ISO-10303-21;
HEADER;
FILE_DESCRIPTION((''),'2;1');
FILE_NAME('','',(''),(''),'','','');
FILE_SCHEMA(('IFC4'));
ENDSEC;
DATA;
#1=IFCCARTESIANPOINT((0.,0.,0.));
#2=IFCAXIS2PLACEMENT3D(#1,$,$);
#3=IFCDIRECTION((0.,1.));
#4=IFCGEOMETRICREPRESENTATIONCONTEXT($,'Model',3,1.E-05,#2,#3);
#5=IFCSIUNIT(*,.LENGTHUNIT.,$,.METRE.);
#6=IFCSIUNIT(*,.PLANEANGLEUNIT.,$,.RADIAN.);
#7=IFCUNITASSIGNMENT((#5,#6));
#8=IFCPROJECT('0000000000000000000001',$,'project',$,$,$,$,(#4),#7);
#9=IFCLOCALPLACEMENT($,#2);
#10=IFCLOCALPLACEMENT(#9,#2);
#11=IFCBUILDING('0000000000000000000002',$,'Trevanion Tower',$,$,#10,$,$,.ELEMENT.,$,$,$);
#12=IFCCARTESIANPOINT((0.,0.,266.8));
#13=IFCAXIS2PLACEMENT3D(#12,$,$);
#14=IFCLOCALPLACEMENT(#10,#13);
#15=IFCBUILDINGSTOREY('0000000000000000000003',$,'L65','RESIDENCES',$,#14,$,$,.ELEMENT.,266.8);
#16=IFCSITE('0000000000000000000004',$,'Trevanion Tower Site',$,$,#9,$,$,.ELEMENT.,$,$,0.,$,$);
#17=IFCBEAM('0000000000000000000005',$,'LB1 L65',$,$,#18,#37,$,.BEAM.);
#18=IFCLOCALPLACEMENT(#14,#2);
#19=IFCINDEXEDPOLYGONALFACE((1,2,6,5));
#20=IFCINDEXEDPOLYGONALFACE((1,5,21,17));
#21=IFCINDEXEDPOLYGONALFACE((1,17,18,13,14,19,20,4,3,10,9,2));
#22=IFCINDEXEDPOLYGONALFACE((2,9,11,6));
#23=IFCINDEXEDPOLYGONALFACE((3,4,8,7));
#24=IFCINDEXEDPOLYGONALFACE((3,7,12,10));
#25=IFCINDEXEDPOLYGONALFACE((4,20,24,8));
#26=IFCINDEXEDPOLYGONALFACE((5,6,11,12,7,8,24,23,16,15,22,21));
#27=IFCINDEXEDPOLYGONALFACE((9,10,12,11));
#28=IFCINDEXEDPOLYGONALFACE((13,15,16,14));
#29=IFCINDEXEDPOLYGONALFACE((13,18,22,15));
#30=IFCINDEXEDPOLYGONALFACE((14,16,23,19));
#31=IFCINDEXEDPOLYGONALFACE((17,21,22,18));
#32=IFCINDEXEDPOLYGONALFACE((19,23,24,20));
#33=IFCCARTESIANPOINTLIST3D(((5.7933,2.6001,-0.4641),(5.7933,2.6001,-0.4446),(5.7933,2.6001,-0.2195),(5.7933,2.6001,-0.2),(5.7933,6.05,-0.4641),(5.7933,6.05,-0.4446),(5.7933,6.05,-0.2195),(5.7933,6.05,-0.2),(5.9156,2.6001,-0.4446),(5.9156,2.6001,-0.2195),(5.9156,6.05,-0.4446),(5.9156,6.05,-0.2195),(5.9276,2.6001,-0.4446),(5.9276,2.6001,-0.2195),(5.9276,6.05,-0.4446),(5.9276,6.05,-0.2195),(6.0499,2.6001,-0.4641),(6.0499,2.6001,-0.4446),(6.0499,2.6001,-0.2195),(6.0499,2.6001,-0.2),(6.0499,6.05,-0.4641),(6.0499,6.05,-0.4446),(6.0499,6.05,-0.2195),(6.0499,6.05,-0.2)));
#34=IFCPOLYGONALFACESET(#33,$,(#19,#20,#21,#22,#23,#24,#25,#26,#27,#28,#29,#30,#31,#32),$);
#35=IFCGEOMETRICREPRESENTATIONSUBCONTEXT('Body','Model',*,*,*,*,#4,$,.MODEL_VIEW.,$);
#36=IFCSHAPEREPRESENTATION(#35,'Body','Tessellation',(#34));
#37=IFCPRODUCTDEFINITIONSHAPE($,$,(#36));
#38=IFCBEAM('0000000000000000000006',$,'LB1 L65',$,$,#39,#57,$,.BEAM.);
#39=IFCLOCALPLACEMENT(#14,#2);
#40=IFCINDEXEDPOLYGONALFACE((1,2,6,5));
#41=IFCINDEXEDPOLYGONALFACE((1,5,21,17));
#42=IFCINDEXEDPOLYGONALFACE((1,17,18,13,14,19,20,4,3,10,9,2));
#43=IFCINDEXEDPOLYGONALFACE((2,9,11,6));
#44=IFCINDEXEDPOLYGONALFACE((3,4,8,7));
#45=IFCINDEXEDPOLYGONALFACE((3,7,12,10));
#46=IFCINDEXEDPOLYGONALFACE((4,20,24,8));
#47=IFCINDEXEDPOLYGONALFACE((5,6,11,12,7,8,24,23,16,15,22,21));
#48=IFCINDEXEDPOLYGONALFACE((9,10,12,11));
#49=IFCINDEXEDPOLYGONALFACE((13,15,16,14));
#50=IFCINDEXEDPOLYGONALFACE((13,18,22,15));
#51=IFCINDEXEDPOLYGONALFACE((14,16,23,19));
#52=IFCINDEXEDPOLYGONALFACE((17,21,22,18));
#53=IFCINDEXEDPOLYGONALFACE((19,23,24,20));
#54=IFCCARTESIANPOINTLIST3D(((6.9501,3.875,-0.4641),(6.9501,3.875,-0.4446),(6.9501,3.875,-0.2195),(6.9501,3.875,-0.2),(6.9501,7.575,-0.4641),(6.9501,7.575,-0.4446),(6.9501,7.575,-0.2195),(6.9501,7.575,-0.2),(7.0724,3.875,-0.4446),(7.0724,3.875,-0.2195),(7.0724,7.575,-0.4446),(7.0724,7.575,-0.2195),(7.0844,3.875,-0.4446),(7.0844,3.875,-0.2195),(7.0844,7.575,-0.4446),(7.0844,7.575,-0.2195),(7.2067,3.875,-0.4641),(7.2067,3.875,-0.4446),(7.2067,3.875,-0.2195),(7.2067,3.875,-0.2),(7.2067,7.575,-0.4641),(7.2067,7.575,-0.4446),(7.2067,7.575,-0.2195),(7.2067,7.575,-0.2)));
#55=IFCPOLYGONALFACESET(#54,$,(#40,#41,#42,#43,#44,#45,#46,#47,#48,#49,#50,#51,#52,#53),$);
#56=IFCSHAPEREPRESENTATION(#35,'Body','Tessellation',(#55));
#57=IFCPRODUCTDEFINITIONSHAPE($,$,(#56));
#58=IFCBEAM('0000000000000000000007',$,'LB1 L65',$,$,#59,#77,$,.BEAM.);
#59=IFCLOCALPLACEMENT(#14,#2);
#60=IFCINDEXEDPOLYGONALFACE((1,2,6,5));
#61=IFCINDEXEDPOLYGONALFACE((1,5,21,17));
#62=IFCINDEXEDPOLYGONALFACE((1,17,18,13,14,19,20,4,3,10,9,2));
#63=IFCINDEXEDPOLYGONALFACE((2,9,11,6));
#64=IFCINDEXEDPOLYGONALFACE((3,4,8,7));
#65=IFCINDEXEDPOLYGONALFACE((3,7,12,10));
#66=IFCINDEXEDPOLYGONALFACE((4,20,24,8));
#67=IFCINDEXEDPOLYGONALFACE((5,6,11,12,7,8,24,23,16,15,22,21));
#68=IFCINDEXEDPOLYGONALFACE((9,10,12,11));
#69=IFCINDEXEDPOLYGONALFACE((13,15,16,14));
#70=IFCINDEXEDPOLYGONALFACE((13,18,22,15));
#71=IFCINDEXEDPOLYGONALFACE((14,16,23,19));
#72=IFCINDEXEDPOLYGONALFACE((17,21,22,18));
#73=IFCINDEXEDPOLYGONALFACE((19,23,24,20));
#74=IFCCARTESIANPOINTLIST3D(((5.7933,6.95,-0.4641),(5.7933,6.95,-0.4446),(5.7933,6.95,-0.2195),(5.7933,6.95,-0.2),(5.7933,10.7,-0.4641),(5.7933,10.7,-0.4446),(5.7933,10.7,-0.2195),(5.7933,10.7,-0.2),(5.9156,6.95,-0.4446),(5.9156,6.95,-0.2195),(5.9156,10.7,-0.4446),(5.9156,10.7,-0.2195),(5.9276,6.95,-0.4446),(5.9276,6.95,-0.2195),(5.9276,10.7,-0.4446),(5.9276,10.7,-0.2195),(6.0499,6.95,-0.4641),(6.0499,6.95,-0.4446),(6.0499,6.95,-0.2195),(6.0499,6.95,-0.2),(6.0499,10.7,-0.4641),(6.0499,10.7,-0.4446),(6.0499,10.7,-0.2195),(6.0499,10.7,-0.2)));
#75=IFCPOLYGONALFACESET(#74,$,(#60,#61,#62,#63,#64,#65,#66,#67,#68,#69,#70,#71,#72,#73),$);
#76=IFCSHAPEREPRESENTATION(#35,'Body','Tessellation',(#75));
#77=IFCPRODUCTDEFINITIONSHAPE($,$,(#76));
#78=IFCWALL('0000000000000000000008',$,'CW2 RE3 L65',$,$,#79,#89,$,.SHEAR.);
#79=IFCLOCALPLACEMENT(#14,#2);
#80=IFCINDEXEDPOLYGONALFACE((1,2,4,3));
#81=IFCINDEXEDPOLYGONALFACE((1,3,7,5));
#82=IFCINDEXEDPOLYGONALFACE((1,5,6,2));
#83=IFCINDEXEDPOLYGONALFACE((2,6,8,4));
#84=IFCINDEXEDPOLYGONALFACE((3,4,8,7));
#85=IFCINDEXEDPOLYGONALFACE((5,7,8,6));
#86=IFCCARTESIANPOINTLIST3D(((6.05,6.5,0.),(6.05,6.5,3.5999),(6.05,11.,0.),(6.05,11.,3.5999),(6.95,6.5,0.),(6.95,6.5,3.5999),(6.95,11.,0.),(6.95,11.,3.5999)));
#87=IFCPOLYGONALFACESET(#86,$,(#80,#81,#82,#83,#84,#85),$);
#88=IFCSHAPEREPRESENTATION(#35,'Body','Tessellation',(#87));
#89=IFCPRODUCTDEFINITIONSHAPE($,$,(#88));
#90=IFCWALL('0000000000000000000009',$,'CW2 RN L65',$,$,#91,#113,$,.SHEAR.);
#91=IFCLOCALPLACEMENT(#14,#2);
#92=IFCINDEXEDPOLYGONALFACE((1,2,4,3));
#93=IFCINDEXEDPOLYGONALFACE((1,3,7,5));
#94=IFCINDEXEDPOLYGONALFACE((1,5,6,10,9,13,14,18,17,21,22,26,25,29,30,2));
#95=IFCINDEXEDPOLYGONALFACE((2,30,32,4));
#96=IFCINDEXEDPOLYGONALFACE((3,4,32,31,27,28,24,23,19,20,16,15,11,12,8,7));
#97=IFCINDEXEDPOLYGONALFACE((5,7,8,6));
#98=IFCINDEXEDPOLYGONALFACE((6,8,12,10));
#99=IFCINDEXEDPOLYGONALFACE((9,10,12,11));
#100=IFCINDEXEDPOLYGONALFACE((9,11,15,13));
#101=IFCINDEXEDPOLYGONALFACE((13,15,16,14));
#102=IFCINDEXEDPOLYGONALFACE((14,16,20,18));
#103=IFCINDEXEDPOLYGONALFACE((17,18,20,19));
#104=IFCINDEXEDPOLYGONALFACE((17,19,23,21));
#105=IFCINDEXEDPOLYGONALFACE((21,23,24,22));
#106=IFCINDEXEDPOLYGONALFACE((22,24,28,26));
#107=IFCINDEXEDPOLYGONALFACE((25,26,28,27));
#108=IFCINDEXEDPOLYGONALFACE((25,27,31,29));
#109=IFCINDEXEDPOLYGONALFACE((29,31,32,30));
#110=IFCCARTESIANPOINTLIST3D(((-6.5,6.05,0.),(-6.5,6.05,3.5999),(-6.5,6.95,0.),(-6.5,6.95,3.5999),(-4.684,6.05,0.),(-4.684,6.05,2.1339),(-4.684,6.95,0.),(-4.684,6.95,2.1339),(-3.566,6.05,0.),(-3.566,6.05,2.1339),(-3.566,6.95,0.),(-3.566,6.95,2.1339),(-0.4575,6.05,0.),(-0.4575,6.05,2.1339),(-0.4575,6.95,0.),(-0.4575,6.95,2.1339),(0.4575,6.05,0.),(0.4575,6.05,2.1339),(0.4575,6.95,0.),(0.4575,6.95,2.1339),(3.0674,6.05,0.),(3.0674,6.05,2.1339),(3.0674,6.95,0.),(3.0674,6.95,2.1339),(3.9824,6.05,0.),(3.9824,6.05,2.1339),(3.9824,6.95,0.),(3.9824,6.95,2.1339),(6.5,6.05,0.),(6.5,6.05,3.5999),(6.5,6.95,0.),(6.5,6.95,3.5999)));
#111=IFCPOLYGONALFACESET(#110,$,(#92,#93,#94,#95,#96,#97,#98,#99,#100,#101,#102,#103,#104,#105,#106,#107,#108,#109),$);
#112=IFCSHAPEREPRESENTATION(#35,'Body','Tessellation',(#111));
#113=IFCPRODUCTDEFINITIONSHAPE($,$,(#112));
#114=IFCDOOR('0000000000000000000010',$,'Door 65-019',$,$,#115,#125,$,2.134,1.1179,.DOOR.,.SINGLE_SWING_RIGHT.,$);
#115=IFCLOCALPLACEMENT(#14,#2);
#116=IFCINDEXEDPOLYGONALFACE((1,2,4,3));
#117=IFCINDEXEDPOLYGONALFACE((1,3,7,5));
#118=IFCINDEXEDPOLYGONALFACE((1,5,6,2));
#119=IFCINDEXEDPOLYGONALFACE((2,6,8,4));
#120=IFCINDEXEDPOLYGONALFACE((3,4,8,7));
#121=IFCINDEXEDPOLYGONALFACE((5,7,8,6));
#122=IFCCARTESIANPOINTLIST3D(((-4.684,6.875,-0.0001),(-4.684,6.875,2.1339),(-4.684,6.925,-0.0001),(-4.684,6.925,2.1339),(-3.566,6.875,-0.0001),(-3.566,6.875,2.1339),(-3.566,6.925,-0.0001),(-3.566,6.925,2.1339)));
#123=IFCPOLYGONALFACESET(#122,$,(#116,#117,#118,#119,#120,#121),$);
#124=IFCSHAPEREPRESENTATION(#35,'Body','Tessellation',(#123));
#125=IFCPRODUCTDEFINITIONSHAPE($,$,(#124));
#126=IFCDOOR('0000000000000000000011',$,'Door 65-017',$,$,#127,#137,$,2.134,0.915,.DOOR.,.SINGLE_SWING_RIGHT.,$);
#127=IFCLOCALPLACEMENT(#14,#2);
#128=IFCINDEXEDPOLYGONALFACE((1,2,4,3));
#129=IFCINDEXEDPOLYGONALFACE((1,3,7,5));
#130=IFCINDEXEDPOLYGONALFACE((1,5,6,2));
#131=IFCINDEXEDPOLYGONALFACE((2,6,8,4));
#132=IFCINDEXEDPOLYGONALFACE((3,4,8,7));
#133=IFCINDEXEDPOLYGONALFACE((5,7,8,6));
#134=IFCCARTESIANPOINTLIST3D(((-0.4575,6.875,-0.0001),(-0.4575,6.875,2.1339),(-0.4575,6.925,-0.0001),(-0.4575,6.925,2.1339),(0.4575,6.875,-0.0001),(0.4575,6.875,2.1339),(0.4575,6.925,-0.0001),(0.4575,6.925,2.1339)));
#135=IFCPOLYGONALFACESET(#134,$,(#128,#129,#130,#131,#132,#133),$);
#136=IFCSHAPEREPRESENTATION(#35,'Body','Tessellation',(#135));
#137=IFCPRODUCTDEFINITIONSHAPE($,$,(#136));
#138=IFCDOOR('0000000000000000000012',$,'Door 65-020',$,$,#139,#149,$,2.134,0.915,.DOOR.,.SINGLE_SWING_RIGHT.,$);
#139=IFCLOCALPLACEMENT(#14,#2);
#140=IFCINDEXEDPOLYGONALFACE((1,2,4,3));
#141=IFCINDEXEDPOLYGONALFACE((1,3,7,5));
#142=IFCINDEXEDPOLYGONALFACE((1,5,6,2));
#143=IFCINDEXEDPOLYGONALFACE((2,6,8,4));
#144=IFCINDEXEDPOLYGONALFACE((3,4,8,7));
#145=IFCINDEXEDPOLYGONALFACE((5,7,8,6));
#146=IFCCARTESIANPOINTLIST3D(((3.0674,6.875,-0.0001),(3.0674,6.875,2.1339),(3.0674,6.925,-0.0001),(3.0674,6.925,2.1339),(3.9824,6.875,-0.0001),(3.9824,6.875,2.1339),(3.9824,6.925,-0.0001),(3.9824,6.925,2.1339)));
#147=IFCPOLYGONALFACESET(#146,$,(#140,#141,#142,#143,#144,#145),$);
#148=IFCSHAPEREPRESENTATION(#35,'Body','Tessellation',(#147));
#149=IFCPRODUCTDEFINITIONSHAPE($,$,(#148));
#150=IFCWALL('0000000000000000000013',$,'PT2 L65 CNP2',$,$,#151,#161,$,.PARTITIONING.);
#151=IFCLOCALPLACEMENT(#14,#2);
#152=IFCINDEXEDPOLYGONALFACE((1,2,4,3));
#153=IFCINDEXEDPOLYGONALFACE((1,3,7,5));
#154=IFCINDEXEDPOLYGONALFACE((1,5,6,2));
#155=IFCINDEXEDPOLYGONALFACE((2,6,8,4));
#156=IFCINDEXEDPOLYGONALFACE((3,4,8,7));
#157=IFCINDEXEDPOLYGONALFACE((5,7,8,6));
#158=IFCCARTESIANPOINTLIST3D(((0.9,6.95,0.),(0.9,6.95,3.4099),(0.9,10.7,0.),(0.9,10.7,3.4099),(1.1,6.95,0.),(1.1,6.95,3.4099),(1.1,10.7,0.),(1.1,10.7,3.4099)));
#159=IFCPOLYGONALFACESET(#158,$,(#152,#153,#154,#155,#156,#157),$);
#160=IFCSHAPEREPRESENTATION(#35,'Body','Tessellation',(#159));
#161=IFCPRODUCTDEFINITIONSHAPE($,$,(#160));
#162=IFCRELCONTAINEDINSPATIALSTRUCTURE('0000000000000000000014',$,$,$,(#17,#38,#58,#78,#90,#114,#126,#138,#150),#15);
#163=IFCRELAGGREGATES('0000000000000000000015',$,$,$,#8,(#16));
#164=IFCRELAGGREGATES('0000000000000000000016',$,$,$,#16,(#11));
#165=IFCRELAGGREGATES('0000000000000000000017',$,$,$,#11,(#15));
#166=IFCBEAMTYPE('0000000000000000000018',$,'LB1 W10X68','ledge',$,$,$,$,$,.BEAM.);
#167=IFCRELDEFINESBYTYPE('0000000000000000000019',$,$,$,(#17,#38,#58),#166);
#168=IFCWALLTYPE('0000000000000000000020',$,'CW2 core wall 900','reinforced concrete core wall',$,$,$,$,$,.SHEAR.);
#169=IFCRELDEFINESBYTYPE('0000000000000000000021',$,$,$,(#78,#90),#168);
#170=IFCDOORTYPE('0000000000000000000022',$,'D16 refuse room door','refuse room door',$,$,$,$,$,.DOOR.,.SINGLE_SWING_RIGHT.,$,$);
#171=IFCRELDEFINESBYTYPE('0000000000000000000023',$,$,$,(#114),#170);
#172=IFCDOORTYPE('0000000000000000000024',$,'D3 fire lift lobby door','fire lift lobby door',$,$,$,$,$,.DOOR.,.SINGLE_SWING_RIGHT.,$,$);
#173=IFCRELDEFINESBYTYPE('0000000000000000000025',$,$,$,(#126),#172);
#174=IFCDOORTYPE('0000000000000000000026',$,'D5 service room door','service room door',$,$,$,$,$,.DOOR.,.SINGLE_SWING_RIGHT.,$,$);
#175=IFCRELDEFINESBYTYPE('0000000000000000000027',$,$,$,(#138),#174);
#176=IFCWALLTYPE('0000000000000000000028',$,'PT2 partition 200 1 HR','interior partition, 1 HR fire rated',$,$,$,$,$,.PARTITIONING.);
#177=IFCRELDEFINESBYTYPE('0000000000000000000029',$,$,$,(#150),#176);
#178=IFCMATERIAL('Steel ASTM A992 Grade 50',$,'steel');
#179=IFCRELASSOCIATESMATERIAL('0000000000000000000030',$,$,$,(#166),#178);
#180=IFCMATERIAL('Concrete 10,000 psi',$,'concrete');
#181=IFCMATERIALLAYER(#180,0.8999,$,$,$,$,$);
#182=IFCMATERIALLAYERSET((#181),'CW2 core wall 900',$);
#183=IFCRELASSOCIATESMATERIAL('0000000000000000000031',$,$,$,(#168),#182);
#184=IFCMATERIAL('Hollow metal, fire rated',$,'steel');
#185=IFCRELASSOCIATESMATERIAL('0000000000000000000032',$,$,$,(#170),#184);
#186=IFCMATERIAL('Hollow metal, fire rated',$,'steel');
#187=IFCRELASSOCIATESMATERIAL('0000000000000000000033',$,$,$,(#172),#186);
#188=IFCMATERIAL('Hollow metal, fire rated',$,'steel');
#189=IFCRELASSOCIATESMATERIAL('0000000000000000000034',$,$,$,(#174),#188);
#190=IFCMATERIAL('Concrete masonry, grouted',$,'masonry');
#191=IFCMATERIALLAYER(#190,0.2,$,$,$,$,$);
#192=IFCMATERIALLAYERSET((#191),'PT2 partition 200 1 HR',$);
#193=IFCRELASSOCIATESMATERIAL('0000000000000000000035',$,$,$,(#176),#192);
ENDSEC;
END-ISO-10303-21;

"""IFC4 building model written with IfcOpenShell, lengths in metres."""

from ifc_helpers import new_model, si_unit, direction, frame, frame_2d, origin, origin_2d, place, context, subcontext, project, spatial, rectangle, i_section, extrude, material, layer, layer_set, material_profile, profile_set, type_object, element, fill, save


model = new_model("IFC4")

# Units and contexts
model_context = context("Model", 3, precision=1e-05, world=origin(), true_north=direction((0.0, 1.0)))
body_context = subcontext(model_context, "Body", "Model", "MODEL_VIEW")
ifc_project = project(units=[si_unit("LENGTHUNIT", "METRE"), si_unit("PLANEANGLEUNIT", "RADIAN")], contexts=[model_context])

# Site, building, storey
site_placement = place(None, origin())
site = spatial("IfcSite", under=ifc_project, at=site_placement, Name="Trevanion Tower Site", CompositionType="ELEMENT", RefElevation=0.0)
building_placement = place(site_placement, origin())
building = spatial("IfcBuilding", under=site, at=building_placement, Name="Trevanion Tower", CompositionType="ELEMENT")
storey_placement = place(building_placement, frame((0.0, 0.0, 266.8)))
storey = spatial("IfcBuildingStorey", under=building, at=storey_placement, Name="L65", Description="RESIDENCES", CompositionType="ELEMENT", Elevation=266.8)

# Beams
ifc_material_1 = material(Name="Steel ASTM A992 Grade 50", Category="steel")
ifc_material_profile = material_profile(ifc_material_1, i_section(OverallWidth=0.2566, OverallDepth=0.2642, WebThickness=0.012, FlangeThickness=0.0195, at=origin_2d()), Name="W10X68")
ifc_profile_set = profile_set([ifc_material_profile], Name="Steel ASTM A992 Grade 50")
beam_type = type_object("IfcBeamType", Name="LB1 W10X68", Description="ledge", PredefinedType="BEAM", material=ifc_profile_set)
beam_1_placement = place(storey_placement, frame((5.9216, 2.6001, -0.332), z_axis=(0.0, 1.0, 0.0), x_axis=(-1.0, 0.0, 0.0)))
element("IfcBeam", 1, at=beam_1_placement, inside=storey, type_object=beam_type, Name="LB1 L65", PredefinedType="BEAM", context=body_context, shape_type="SweptSolid", body=[
    extrude(i_section(OverallWidth=0.2566, OverallDepth=0.2642, WebThickness=0.012, FlangeThickness=0.0195, at=origin_2d()), origin(), (0.0, 0.0, 1.0), 3.45),
])
beam_2_placement = place(storey_placement, frame((7.0784, 3.875, -0.332), z_axis=(0.0, 1.0, 0.0), x_axis=(-1.0, 0.0, 0.0)))
element("IfcBeam", 2, at=beam_2_placement, inside=storey, type_object=beam_type, Name="LB1 L65", PredefinedType="BEAM", context=body_context, shape_type="SweptSolid", body=[
    extrude(i_section(OverallWidth=0.2566, OverallDepth=0.2642, WebThickness=0.012, FlangeThickness=0.0195, at=origin_2d()), origin(), (0.0, 0.0, 1.0), 3.7),
])
beam_3_placement = place(storey_placement, frame((5.9216, 6.95, -0.332), z_axis=(0.0, 1.0, 0.0), x_axis=(-1.0, 0.0, 0.0)))
element("IfcBeam", 3, at=beam_3_placement, inside=storey, type_object=beam_type, Name="LB1 L65", PredefinedType="BEAM", context=body_context, shape_type="SweptSolid", body=[
    extrude(i_section(OverallWidth=0.2566, OverallDepth=0.2642, WebThickness=0.012, FlangeThickness=0.0195, at=origin_2d()), origin(), (0.0, 0.0, 1.0), 3.75),
])

# Wall
ifc_material_2 = material(Name="Concrete 10,000 psi", Category="concrete")
ifc_layer_1 = layer(ifc_material_2, 0.8999)
ifc_layer_set_1 = layer_set([ifc_layer_1], Name="CW2 core wall 900")
wall_type_1 = type_object("IfcWallType", Name="CW2 core wall 900", Description="reinforced concrete core wall", PredefinedType="SHEAR", material=ifc_layer_set_1)
wall_1_placement = place(storey_placement, frame((6.5, 6.5, 0.0), z_axis=(0.0, 0.0, 1.0), x_axis=(0.0, 1.0, 0.0)))
element("IfcWall", 4, at=wall_1_placement, inside=storey, type_object=wall_type_1, Name="CW2 RE3 L65", PredefinedType="SHEAR", context=body_context, shape_type="SweptSolid", body=[
    extrude(rectangle(XDim=4.5, YDim=0.8999, at=frame_2d((2.25, 0.0))), origin(), (0.0, 0.0, 1.0), 3.5999),
])

# Wall, openings, doors
wall_2_placement = place(storey_placement, frame((6.5, 6.5, 0.0), z_axis=(0.0, 0.0, 1.0), x_axis=(-1.0, 0.0, 0.0)))
wall_2 = element("IfcWall", 5, at=wall_2_placement, inside=storey, type_object=wall_type_1, Name="CW2 RN L65", PredefinedType="SHEAR", context=body_context, shape_type="SweptSolid", body=[
    extrude(rectangle(XDim=13.0, YDim=0.8999, at=frame_2d((6.5, 0.0))), origin(), (0.0, 0.0, 1.0), 3.5999),
])
opening_1_placement = place(wall_2_placement, frame((6.0425, 0.0, 0.0)))
opening_1 = element("IfcOpeningElement", 6, at=opening_1_placement, cuts=wall_2, PredefinedType="OPENING", context=body_context, shape_type="SweptSolid", body=[
    extrude(rectangle(XDim=0.915, YDim=2.134, at=frame_2d((0.4575, 1.0669))), frame((0.0, 0.46, 0.0), z_axis=(0.0, -1.0, 0.0), x_axis=(1.0, 0.0, 0.0)), (0.0, 0.0, 1.0), 0.9199),
])
opening_2_placement = place(wall_2_placement, frame((10.0659, 0.0, 0.0)))
opening_2 = element("IfcOpeningElement", 7, at=opening_2_placement, cuts=wall_2, PredefinedType="OPENING", context=body_context, shape_type="SweptSolid", body=[
    extrude(rectangle(XDim=1.1179, YDim=2.134, at=frame_2d((0.5591, 1.0669))), frame((0.0, 0.46, 0.0), z_axis=(0.0, -1.0, 0.0), x_axis=(1.0, 0.0, 0.0)), (0.0, 0.0, 1.0), 0.9199),
])
opening_3_placement = place(wall_2_placement, frame((2.5176, 0.0, 0.0)))
opening_3 = element("IfcOpeningElement", 8, at=opening_3_placement, cuts=wall_2, PredefinedType="OPENING", context=body_context, shape_type="SweptSolid", body=[
    extrude(rectangle(XDim=0.915, YDim=2.134, at=frame_2d((0.4575, 1.0669))), frame((0.0, 0.46, 0.0), z_axis=(0.0, -1.0, 0.0), x_axis=(1.0, 0.0, 0.0)), (0.0, 0.0, 1.0), 0.9199),
])
ifc_material_3 = material(Name="Hollow metal, fire rated", Category="steel")
door_type_1 = type_object("IfcDoorType", Name="D16 refuse room door", Description="refuse room door", OperationType="SINGLE_SWING_RIGHT", PredefinedType="DOOR", material=ifc_material_3)
door_1_placement = place(opening_2_placement, origin())
door_1 = element("IfcDoor", 9, at=door_1_placement, inside=storey, type_object=door_type_1, Name="Door 65-019", OperationType="SINGLE_SWING_RIGHT", OverallHeight=2.134, OverallWidth=1.1179, PredefinedType="DOOR", context=body_context, shape_type="SweptSolid", body=[
    extrude(rectangle(XDim=1.1179, YDim=2.134, at=frame_2d((0.5591, 1.0669))), frame((0.0, -0.375, 0.0), z_axis=(0.0, -1.0, 0.0), x_axis=(1.0, 0.0, 0.0)), (0.0, 0.0, 1.0), 0.05),
])
fill(opening_2, door_1)
ifc_material_4 = material(Name="Hollow metal, fire rated", Category="steel")
door_type_2 = type_object("IfcDoorType", Name="D3 fire lift lobby door", Description="fire lift lobby door", OperationType="SINGLE_SWING_RIGHT", PredefinedType="DOOR", material=ifc_material_4)
door_2_placement = place(opening_1_placement, origin())
door_2 = element("IfcDoor", 10, at=door_2_placement, inside=storey, type_object=door_type_2, Name="Door 65-017", OperationType="SINGLE_SWING_RIGHT", OverallHeight=2.134, OverallWidth=0.915, PredefinedType="DOOR", context=body_context, shape_type="SweptSolid", body=[
    extrude(rectangle(XDim=0.915, YDim=2.134, at=frame_2d((0.4575, 1.0669))), frame((0.0, -0.375, 0.0), z_axis=(0.0, -1.0, 0.0), x_axis=(1.0, 0.0, 0.0)), (0.0, 0.0, 1.0), 0.05),
])
fill(opening_1, door_2)
ifc_material_5 = material(Name="Hollow metal, fire rated", Category="steel")
door_type_3 = type_object("IfcDoorType", Name="D5 service room door", Description="service room door", OperationType="SINGLE_SWING_RIGHT", PredefinedType="DOOR", material=ifc_material_5)
door_3_placement = place(opening_3_placement, origin())
door_3 = element("IfcDoor", 11, at=door_3_placement, inside=storey, type_object=door_type_3, Name="Door 65-020", OperationType="SINGLE_SWING_RIGHT", OverallHeight=2.134, OverallWidth=0.915, PredefinedType="DOOR", context=body_context, shape_type="SweptSolid", body=[
    extrude(rectangle(XDim=0.915, YDim=2.134, at=frame_2d((0.4575, 1.0669))), frame((0.0, -0.375, 0.0), z_axis=(0.0, -1.0, 0.0), x_axis=(1.0, 0.0, 0.0)), (0.0, 0.0, 1.0), 0.05),
])
fill(opening_3, door_3)

# Wall
ifc_material_6 = material(Name="Concrete masonry, grouted", Category="masonry")
ifc_layer_2 = layer(ifc_material_6, 0.2)
ifc_layer_set_2 = layer_set([ifc_layer_2], Name="PT2 partition 200 1 HR")
wall_type_2 = type_object("IfcWallType", Name="PT2 partition 200 1 HR", Description="interior partition, 1 HR fire rated", PredefinedType="PARTITIONING", material=ifc_layer_set_2)
wall_3_placement = place(storey_placement, frame((1.0, 6.95, 0.0), z_axis=(0.0, 0.0, 1.0), x_axis=(0.0, 1.0, 0.0)))
element("IfcWall", 12, at=wall_3_placement, inside=storey, type_object=wall_type_2, Name="PT2 L65 CNP2", PredefinedType="PARTITIONING", context=body_context, shape_type="SweptSolid", body=[
    extrude(rectangle(XDim=3.75, YDim=0.2, at=frame_2d((1.875, 0.0))), origin(), (0.0, 0.0, 1.0), 3.4099),
])

save(model, "model.ifc")
